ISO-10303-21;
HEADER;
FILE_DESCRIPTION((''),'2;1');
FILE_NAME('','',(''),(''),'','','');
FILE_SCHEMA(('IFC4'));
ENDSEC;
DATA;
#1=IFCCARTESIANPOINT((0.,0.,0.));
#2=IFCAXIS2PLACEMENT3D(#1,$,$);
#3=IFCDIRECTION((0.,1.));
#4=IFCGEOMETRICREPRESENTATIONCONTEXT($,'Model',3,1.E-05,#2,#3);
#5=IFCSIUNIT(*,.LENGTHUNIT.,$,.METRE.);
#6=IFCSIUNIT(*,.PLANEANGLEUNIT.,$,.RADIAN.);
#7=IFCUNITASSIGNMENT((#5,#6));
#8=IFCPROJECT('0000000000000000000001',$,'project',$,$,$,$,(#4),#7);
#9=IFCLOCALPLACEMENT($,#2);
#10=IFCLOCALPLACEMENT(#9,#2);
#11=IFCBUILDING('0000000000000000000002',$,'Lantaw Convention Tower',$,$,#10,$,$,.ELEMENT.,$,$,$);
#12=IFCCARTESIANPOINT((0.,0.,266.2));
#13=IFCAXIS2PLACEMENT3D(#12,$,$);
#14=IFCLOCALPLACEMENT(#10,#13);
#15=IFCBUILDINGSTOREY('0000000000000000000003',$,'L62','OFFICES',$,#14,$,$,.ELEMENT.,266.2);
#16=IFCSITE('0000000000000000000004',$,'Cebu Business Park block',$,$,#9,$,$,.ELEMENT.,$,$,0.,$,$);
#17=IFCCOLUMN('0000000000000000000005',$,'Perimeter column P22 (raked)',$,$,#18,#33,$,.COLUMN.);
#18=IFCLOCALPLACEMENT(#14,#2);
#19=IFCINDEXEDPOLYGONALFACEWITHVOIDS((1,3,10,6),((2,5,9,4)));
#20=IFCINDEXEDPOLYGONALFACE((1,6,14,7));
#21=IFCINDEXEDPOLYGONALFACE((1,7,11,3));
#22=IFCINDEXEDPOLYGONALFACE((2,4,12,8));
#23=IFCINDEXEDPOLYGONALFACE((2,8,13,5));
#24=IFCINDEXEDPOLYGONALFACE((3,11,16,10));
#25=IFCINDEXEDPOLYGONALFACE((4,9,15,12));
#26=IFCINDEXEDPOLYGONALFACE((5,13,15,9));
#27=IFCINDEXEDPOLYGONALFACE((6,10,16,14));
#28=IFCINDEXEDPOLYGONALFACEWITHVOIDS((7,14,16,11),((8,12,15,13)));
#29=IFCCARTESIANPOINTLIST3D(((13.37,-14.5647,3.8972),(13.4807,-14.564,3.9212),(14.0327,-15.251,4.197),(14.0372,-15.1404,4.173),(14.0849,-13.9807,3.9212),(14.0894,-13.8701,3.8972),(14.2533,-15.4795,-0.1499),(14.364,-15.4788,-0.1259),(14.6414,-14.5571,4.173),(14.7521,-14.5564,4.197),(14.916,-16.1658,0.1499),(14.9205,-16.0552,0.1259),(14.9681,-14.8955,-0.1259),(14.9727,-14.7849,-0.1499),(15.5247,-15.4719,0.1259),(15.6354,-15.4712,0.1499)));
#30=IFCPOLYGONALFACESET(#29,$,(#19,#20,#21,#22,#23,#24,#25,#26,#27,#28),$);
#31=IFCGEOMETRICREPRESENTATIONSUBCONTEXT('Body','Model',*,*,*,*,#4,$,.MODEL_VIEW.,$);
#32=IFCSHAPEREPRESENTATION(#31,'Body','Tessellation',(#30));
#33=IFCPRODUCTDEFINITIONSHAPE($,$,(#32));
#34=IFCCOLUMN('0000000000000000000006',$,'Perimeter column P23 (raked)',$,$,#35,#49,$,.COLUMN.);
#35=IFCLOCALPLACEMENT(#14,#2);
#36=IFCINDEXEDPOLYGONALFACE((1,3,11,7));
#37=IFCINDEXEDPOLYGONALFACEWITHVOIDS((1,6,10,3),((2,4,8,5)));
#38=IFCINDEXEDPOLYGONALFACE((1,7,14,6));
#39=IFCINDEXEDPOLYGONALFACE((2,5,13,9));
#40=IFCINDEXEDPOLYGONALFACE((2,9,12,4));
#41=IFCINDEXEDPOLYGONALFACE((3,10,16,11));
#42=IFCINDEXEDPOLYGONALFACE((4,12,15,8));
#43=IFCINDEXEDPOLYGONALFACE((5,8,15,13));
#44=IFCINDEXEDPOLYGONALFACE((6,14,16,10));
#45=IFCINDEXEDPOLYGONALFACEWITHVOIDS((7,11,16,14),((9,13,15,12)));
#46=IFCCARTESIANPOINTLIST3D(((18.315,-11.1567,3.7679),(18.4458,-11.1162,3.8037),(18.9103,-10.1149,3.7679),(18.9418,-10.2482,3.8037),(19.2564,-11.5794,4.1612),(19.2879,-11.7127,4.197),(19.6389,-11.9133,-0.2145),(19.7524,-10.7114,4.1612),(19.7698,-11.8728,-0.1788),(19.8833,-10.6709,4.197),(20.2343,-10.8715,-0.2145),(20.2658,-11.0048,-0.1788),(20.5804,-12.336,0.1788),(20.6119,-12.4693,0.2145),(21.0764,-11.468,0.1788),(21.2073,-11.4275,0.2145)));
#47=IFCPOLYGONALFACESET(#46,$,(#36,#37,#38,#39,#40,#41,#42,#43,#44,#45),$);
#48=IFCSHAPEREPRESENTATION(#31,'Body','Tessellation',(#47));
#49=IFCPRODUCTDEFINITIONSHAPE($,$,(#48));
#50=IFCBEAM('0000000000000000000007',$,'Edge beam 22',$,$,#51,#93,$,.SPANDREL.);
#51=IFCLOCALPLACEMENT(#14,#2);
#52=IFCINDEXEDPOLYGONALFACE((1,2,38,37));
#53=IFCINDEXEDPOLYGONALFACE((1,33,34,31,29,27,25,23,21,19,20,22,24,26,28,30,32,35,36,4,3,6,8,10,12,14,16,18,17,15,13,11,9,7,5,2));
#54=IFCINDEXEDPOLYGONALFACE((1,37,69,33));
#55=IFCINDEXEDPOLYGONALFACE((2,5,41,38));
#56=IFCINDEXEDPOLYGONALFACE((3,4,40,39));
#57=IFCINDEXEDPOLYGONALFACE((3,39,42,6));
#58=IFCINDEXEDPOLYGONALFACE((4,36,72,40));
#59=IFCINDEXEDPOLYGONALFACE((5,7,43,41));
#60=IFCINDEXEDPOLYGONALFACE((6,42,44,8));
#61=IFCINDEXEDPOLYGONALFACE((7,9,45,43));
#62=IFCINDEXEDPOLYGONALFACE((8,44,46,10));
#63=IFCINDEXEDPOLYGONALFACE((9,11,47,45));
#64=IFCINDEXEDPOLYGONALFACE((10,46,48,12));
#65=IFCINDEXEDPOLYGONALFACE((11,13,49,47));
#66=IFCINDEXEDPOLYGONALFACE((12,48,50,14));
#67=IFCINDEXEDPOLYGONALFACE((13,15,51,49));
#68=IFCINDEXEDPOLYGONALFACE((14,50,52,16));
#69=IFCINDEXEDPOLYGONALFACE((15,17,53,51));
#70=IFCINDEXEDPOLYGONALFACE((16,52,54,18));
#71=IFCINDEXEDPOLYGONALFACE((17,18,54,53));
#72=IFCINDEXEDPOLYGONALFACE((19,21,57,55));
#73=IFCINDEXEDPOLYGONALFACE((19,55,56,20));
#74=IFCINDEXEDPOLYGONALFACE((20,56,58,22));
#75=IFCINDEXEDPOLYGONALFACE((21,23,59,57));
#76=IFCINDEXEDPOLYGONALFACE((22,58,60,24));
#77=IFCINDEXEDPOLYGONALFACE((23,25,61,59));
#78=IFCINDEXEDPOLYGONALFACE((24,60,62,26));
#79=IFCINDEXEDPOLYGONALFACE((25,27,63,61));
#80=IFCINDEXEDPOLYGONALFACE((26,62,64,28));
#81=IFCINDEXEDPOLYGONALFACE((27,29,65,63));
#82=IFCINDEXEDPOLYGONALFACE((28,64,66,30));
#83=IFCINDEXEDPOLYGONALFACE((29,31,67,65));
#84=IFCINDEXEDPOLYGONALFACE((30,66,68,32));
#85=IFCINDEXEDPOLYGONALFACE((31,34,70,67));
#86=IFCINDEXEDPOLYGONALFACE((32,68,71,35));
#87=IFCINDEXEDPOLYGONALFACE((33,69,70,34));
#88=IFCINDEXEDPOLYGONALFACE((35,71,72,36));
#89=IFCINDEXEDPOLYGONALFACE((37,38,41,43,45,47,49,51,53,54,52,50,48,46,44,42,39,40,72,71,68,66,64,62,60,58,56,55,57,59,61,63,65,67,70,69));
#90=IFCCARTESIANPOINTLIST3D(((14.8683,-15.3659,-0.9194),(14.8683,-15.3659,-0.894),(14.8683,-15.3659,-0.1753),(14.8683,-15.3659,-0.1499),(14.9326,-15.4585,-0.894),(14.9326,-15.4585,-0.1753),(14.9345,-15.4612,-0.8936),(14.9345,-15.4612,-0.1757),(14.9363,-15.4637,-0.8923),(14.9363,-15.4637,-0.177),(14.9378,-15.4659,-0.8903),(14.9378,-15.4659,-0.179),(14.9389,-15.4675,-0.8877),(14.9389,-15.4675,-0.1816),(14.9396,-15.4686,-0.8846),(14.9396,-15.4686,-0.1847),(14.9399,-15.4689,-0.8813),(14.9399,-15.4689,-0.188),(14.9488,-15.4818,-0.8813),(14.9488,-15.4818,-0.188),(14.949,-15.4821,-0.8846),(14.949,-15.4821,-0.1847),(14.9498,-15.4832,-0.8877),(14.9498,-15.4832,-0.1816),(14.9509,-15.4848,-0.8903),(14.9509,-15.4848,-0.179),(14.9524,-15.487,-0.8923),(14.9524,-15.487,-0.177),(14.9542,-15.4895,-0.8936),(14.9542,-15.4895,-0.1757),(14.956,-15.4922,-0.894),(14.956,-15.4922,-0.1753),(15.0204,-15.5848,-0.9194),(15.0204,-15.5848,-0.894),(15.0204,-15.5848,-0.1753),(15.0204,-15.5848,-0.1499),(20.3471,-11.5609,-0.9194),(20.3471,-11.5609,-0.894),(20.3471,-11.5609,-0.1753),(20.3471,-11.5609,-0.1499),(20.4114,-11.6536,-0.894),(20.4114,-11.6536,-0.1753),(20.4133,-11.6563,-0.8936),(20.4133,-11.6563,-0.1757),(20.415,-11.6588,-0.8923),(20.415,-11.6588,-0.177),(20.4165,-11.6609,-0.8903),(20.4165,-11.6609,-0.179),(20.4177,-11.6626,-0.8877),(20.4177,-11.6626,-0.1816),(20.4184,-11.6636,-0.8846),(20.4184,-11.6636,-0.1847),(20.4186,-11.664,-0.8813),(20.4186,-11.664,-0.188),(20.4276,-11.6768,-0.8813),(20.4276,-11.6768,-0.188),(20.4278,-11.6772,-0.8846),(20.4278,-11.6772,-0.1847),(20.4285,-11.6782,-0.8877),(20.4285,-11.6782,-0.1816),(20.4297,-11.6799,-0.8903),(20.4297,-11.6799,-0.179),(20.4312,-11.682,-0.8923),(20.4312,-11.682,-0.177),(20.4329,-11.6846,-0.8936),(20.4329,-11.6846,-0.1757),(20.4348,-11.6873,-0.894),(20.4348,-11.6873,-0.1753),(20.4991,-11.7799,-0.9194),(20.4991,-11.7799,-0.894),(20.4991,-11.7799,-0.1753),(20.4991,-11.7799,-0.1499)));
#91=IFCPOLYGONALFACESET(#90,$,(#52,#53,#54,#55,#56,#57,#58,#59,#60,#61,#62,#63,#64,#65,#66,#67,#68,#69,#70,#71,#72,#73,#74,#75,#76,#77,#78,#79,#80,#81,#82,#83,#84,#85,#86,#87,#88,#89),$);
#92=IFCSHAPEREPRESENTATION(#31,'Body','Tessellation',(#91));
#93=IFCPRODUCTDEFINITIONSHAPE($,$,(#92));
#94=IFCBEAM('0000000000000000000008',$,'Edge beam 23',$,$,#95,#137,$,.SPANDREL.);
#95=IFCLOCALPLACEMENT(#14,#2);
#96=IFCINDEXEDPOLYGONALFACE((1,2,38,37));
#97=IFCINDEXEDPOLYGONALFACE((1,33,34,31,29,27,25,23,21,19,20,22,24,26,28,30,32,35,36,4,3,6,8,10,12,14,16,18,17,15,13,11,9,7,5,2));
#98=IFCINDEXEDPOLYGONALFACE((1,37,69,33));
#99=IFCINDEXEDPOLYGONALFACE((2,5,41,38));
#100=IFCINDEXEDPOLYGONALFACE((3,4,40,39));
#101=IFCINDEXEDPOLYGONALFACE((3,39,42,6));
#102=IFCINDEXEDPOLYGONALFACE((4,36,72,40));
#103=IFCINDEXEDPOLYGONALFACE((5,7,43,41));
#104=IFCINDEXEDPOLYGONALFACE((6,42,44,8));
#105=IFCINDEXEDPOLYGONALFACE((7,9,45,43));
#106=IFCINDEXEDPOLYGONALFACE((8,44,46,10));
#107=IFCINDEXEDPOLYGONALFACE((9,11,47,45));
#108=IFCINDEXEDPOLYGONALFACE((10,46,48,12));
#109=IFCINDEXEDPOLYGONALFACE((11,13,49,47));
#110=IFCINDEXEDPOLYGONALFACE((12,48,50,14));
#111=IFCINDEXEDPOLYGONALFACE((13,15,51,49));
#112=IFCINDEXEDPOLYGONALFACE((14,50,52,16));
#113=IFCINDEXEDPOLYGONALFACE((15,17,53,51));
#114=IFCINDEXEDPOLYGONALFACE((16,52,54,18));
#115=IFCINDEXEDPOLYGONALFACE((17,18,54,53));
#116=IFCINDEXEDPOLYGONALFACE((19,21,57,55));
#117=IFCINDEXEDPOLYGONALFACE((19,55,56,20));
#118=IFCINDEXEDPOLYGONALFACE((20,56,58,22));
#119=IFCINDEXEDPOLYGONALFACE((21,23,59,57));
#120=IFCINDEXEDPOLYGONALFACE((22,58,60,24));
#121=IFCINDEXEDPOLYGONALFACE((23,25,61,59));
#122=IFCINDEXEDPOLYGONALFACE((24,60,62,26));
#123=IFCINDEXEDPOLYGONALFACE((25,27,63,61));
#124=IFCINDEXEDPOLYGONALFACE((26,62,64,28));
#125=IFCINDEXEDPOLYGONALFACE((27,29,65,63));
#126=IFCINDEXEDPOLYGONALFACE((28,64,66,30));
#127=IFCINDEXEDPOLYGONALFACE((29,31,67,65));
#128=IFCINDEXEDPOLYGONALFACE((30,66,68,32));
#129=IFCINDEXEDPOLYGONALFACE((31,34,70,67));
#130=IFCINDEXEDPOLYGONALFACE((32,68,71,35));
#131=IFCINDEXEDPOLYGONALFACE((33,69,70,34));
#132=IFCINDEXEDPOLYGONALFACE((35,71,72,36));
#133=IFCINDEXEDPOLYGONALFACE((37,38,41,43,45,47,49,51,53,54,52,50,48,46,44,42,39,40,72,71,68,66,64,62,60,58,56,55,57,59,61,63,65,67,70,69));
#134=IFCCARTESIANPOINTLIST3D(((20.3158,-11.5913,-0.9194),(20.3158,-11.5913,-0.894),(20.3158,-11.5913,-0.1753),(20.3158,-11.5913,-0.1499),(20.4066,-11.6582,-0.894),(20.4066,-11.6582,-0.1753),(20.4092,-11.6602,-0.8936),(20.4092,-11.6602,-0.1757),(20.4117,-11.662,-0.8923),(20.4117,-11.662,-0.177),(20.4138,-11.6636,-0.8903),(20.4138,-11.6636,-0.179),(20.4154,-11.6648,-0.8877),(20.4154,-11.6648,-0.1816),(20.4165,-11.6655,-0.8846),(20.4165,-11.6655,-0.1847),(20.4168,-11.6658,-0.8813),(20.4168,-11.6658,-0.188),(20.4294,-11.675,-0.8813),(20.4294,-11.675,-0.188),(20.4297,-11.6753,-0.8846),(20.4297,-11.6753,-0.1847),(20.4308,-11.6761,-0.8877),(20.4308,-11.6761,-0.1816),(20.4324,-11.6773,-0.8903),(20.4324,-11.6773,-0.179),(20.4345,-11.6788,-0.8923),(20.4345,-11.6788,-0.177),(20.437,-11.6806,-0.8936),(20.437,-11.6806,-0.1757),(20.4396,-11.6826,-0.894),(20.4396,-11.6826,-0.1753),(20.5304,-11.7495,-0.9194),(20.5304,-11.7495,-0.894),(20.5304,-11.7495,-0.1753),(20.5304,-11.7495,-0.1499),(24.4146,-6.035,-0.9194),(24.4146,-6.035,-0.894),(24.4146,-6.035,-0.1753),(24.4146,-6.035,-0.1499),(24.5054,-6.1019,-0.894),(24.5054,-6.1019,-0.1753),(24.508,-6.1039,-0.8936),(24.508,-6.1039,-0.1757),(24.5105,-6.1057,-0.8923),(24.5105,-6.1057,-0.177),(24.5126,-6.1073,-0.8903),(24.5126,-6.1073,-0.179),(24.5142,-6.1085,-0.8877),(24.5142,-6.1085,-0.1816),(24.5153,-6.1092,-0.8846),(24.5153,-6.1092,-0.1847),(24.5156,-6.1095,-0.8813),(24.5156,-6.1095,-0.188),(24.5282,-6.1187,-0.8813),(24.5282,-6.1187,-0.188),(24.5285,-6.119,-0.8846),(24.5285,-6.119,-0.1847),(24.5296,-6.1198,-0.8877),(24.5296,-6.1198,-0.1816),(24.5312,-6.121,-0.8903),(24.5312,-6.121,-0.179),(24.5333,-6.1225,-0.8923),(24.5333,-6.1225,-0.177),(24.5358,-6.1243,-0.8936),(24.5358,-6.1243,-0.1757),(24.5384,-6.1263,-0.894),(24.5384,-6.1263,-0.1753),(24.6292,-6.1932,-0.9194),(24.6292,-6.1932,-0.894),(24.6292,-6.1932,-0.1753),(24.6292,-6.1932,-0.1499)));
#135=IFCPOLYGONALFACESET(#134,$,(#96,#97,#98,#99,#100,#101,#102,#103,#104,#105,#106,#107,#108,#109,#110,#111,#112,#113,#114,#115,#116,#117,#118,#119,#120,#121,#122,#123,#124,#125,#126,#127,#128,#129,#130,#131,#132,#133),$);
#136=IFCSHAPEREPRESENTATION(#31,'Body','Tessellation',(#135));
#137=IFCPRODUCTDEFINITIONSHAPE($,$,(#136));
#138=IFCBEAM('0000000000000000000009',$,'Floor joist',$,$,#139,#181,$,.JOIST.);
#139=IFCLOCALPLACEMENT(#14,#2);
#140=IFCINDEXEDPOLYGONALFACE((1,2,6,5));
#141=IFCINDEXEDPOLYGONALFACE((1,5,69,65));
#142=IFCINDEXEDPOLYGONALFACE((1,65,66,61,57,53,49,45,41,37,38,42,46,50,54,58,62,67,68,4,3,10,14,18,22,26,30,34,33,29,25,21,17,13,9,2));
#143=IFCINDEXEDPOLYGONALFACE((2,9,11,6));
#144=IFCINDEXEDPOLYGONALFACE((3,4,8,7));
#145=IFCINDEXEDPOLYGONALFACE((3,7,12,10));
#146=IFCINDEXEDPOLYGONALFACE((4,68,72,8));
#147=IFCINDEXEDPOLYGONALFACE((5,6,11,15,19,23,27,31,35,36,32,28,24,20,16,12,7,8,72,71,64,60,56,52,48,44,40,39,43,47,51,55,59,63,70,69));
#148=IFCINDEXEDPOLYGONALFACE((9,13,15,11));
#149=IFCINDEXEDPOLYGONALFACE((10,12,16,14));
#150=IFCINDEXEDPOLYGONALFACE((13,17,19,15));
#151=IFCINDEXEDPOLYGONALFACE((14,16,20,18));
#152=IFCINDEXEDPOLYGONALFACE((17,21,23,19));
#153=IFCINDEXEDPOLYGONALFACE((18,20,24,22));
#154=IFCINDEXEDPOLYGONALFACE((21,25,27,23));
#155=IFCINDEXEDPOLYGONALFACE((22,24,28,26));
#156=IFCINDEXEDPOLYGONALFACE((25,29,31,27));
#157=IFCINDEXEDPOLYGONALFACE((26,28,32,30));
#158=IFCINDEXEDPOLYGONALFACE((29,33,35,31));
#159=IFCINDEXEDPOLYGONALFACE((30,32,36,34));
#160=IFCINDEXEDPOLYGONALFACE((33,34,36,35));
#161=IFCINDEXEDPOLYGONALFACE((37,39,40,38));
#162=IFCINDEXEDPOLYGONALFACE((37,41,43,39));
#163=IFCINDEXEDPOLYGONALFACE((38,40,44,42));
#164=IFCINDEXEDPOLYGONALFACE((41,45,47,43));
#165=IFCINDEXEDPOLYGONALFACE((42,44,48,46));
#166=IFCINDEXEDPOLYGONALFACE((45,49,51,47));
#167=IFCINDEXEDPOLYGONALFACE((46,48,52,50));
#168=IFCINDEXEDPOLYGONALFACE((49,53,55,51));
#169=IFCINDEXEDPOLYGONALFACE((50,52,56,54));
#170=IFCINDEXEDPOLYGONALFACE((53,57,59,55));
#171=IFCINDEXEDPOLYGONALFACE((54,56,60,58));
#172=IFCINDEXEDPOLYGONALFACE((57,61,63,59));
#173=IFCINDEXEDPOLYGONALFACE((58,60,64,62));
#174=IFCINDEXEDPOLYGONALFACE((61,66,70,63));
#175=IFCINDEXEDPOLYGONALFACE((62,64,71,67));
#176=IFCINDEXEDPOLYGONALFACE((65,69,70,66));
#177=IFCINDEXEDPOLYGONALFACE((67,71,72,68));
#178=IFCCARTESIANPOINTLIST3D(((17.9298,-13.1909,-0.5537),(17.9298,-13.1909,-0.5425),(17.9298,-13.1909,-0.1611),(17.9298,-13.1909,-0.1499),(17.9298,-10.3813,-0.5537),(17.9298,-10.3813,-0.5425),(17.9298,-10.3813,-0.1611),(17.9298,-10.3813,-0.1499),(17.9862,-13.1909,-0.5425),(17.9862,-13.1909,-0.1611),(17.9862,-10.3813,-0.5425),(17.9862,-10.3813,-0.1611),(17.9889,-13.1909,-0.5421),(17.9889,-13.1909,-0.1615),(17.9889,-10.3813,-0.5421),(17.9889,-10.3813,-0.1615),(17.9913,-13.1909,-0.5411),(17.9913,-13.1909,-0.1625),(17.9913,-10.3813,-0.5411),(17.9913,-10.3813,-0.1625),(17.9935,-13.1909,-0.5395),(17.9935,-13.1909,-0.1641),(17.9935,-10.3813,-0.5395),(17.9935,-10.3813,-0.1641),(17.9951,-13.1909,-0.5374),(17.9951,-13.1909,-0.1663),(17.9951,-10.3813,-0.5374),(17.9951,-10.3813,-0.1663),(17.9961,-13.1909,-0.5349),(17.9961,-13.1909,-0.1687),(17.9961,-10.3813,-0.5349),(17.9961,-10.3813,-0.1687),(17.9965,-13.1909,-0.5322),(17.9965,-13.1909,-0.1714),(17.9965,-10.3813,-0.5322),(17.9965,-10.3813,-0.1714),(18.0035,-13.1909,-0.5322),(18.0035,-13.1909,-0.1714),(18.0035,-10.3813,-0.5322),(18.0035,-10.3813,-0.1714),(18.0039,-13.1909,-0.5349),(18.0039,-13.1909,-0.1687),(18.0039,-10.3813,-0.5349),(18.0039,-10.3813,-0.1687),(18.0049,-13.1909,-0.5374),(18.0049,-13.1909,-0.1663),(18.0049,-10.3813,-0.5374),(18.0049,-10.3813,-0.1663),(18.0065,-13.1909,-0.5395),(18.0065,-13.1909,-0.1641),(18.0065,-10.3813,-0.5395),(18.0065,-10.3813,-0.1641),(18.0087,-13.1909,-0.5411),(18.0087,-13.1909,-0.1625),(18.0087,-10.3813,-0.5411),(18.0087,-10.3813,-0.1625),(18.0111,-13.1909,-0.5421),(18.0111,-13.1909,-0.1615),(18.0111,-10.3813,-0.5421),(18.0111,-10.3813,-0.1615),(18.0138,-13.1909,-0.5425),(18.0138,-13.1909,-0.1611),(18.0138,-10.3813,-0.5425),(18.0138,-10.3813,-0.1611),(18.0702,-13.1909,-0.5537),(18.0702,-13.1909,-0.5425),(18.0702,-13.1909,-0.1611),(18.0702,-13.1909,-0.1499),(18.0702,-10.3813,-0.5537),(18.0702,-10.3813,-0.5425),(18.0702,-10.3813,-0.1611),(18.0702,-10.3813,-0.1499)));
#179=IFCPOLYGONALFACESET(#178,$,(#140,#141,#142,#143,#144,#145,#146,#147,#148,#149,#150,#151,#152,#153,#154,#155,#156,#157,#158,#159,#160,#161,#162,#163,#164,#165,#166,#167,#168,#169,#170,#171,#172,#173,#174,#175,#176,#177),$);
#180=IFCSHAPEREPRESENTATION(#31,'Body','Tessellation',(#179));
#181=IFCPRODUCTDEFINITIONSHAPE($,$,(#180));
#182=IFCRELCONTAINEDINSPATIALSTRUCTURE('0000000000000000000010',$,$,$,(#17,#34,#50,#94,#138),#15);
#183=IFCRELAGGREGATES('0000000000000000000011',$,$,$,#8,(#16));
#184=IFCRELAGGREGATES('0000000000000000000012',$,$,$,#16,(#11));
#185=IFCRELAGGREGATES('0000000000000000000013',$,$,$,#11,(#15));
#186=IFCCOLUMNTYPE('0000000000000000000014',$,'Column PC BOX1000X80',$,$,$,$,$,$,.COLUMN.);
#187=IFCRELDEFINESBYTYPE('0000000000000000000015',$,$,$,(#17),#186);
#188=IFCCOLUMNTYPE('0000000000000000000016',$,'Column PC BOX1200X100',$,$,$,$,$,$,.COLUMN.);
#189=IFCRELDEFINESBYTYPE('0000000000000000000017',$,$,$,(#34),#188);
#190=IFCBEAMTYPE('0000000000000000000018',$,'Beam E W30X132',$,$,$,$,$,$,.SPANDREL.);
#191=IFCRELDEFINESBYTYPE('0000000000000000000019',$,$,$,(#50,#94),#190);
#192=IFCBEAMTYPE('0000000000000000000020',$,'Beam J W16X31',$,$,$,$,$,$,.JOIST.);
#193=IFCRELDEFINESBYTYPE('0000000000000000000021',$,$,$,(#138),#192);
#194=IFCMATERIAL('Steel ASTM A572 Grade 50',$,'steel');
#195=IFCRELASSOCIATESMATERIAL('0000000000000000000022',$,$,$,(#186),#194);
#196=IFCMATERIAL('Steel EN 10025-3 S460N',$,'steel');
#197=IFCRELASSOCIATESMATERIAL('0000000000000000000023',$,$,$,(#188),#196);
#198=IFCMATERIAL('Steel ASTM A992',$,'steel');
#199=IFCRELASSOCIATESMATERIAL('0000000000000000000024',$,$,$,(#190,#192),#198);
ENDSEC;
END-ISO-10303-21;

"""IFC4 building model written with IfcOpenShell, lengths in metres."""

from ifc_helpers import new_model, si_unit, direction, frame, origin, origin_2d, place, context, subcontext, project, spatial, rectangle, hollow_rectangle, i_section, extrude, material, material_profile, profile_set, type_object, element, save


model = new_model("IFC4")

# Units and contexts
model_context = context("Model", 3, precision=1e-05, world=origin(), true_north=direction((0.0, 1.0)))
body_context = subcontext(model_context, "Body", "Model", "MODEL_VIEW")
ifc_project = project(units=[si_unit("LENGTHUNIT", "METRE"), si_unit("PLANEANGLEUNIT", "RADIAN")], contexts=[model_context])

# Site, building, storey
site_placement = place(None, origin())
site = spatial("IfcSite", under=ifc_project, at=site_placement, Name="Cebu Business Park block", CompositionType="ELEMENT", RefElevation=0.0)
building_placement = place(site_placement, origin())
building = spatial("IfcBuilding", under=site, at=building_placement, Name="Lantaw Convention Tower", CompositionType="ELEMENT")
storey_placement = place(building_placement, frame((0.0, 0.0, 266.2)))
storey = spatial("IfcBuildingStorey", under=building, at=storey_placement, Name="L62", Description="OFFICES", CompositionType="ELEMENT", Elevation=266.2)

# Columns
ifc_material_1 = material(Name="Steel ASTM A572 Grade 50", Category="steel")
ifc_material_profile_1 = material_profile(ifc_material_1, hollow_rectangle(XDim=1.0, YDim=1.0, WallThickness=0.0801, at=origin_2d()), Name="BOX1000X80")
ifc_material_2 = material(Name="Concrete C60/75", Category="concrete")
ifc_material_profile_2 = material_profile(ifc_material_2, rectangle(XDim=0.8401, YDim=0.8401, at=origin_2d()), Name="Concrete fill of BOX1000X80")
ifc_profile_set_1 = profile_set([ifc_material_profile_1, ifc_material_profile_2], Name="Steel ASTM A572 Grade 50")
column_type_1 = type_object("IfcColumnType", Name="Column PC BOX1000X80", PredefinedType="COLUMN", material=ifc_profile_set_1)
column_1_placement = place(storey_placement, frame((14.9443, -15.4753, 0.0), z_axis=(-0.208218, 0.215642, 0.954015), x_axis=(-0.719382, -0.694615, 0.0)))
element("IfcColumn", 1, at=column_1_placement, inside=storey, type_object=column_type_1, Name="Perimeter column P22 (raked)", PredefinedType="COLUMN", context=body_context, shape_type="SweptSolid", body=[
    extrude(hollow_rectangle(XDim=1.0, YDim=1.0, WallThickness=0.0801, at=origin_2d()), origin(), (0.0, 0.0, 1.0), 4.2422),
])
ifc_material_3 = material(Name="Steel EN 10025-3 S460N", Category="steel")
ifc_material_profile_3 = material_profile(ifc_material_3, hollow_rectangle(XDim=1.2, YDim=1.2, WallThickness=0.1001, at=origin_2d()), Name="BOX1200X100")
ifc_material_profile_4 = material_profile(ifc_material_2, rectangle(XDim=1.0, YDim=1.0, at=origin_2d()), Name="Concrete fill of BOX1200X100")
ifc_profile_set_2 = profile_set([ifc_material_profile_3, ifc_material_profile_4], Name="Steel EN 10025-3 S460N")
column_type_2 = type_object("IfcColumnType", Name="Column PC BOX1200X100", PredefinedType="COLUMN", material=ifc_profile_set_2)
column_2_placement = place(storey_placement, frame((20.4231, -11.6704, 0.0), z_axis=(-0.310472, 0.177421, 0.933878), x_axis=(-0.496156, -0.868233, 0.0)))
element("IfcColumn", 2, at=column_2_placement, inside=storey, type_object=column_type_2, Name="Perimeter column P23 (raked)", PredefinedType="COLUMN", context=body_context, shape_type="SweptSolid", body=[
    extrude(hollow_rectangle(XDim=1.2, YDim=1.2, WallThickness=0.1001, at=origin_2d()), origin(), (0.0, 0.0, 1.0), 4.2644),
])

# Beams
ifc_material_4 = material(Name="Steel ASTM A992", Category="steel")
ifc_material_profile_5 = material_profile(ifc_material_4, i_section(OverallWidth=0.2666, OverallDepth=0.7695, WebThickness=0.0156, FlangeThickness=0.0254, FilletRadius=0.0127, at=origin_2d()), Name="W30X132")
ifc_profile_set_3 = profile_set([ifc_material_profile_5], Name="Steel ASTM A992")
beam_type_1 = type_object("IfcBeamType", Name="Beam E W30X132", PredefinedType="SPANDREL", material=ifc_profile_set_3)
beam_1_placement = place(storey_placement, frame((14.9443, -15.4753, -0.5347), z_axis=(0.821353, 0.57042, 0.0), x_axis=(-0.57042, 0.821353, 0.0)))
element("IfcBeam", 3, at=beam_1_placement, inside=storey, type_object=beam_type_1, Name="Edge beam 22", PredefinedType="SPANDREL", context=body_context, shape_type="SweptSolid", body=[
    extrude(i_section(OverallWidth=0.2666, OverallDepth=0.7695, WebThickness=0.0156, FlangeThickness=0.0254, FilletRadius=0.0127, at=origin_2d()), origin(), (0.0, 0.0, 1.0), 6.6704),
])
beam_2_placement = place(storey_placement, frame((20.4231, -11.6704, -0.5347), z_axis=(0.593639, 0.804731, 0.0), x_axis=(-0.804731, 0.593639, 0.0)))
element("IfcBeam", 4, at=beam_2_placement, inside=storey, type_object=beam_type_1, Name="Edge beam 23", PredefinedType="SPANDREL", context=body_context, shape_type="SweptSolid", body=[
    extrude(i_section(OverallWidth=0.2666, OverallDepth=0.7695, WebThickness=0.0156, FlangeThickness=0.0254, FilletRadius=0.0127, at=origin_2d()), origin(), (0.0, 0.0, 1.0), 6.9045),
])
ifc_material_profile_6 = material_profile(ifc_material_4, i_section(OverallWidth=0.1404, OverallDepth=0.4038, WebThickness=0.0071, FlangeThickness=0.0112, FilletRadius=0.0103, at=origin_2d()), Name="W16X31")
ifc_profile_set_4 = profile_set([ifc_material_profile_6], Name="Steel ASTM A992")
beam_type_2 = type_object("IfcBeamType", Name="Beam J W16X31", PredefinedType="JOIST", material=ifc_profile_set_4)
beam_3_placement = place(storey_placement, frame((18.0, -13.1909, -0.3518), z_axis=(0.0, 1.0, 0.0), x_axis=(-1.0, 0.0, 0.0)))
element("IfcBeam", 5, at=beam_3_placement, inside=storey, type_object=beam_type_2, Name="Floor joist", PredefinedType="JOIST", context=body_context, shape_type="SweptSolid", body=[
    extrude(i_section(OverallWidth=0.1404, OverallDepth=0.4038, WebThickness=0.0071, FlangeThickness=0.0112, FilletRadius=0.0103, at=origin_2d()), origin(), (0.0, 0.0, 1.0), 2.8096),
])

save(model, "model.ifc")
